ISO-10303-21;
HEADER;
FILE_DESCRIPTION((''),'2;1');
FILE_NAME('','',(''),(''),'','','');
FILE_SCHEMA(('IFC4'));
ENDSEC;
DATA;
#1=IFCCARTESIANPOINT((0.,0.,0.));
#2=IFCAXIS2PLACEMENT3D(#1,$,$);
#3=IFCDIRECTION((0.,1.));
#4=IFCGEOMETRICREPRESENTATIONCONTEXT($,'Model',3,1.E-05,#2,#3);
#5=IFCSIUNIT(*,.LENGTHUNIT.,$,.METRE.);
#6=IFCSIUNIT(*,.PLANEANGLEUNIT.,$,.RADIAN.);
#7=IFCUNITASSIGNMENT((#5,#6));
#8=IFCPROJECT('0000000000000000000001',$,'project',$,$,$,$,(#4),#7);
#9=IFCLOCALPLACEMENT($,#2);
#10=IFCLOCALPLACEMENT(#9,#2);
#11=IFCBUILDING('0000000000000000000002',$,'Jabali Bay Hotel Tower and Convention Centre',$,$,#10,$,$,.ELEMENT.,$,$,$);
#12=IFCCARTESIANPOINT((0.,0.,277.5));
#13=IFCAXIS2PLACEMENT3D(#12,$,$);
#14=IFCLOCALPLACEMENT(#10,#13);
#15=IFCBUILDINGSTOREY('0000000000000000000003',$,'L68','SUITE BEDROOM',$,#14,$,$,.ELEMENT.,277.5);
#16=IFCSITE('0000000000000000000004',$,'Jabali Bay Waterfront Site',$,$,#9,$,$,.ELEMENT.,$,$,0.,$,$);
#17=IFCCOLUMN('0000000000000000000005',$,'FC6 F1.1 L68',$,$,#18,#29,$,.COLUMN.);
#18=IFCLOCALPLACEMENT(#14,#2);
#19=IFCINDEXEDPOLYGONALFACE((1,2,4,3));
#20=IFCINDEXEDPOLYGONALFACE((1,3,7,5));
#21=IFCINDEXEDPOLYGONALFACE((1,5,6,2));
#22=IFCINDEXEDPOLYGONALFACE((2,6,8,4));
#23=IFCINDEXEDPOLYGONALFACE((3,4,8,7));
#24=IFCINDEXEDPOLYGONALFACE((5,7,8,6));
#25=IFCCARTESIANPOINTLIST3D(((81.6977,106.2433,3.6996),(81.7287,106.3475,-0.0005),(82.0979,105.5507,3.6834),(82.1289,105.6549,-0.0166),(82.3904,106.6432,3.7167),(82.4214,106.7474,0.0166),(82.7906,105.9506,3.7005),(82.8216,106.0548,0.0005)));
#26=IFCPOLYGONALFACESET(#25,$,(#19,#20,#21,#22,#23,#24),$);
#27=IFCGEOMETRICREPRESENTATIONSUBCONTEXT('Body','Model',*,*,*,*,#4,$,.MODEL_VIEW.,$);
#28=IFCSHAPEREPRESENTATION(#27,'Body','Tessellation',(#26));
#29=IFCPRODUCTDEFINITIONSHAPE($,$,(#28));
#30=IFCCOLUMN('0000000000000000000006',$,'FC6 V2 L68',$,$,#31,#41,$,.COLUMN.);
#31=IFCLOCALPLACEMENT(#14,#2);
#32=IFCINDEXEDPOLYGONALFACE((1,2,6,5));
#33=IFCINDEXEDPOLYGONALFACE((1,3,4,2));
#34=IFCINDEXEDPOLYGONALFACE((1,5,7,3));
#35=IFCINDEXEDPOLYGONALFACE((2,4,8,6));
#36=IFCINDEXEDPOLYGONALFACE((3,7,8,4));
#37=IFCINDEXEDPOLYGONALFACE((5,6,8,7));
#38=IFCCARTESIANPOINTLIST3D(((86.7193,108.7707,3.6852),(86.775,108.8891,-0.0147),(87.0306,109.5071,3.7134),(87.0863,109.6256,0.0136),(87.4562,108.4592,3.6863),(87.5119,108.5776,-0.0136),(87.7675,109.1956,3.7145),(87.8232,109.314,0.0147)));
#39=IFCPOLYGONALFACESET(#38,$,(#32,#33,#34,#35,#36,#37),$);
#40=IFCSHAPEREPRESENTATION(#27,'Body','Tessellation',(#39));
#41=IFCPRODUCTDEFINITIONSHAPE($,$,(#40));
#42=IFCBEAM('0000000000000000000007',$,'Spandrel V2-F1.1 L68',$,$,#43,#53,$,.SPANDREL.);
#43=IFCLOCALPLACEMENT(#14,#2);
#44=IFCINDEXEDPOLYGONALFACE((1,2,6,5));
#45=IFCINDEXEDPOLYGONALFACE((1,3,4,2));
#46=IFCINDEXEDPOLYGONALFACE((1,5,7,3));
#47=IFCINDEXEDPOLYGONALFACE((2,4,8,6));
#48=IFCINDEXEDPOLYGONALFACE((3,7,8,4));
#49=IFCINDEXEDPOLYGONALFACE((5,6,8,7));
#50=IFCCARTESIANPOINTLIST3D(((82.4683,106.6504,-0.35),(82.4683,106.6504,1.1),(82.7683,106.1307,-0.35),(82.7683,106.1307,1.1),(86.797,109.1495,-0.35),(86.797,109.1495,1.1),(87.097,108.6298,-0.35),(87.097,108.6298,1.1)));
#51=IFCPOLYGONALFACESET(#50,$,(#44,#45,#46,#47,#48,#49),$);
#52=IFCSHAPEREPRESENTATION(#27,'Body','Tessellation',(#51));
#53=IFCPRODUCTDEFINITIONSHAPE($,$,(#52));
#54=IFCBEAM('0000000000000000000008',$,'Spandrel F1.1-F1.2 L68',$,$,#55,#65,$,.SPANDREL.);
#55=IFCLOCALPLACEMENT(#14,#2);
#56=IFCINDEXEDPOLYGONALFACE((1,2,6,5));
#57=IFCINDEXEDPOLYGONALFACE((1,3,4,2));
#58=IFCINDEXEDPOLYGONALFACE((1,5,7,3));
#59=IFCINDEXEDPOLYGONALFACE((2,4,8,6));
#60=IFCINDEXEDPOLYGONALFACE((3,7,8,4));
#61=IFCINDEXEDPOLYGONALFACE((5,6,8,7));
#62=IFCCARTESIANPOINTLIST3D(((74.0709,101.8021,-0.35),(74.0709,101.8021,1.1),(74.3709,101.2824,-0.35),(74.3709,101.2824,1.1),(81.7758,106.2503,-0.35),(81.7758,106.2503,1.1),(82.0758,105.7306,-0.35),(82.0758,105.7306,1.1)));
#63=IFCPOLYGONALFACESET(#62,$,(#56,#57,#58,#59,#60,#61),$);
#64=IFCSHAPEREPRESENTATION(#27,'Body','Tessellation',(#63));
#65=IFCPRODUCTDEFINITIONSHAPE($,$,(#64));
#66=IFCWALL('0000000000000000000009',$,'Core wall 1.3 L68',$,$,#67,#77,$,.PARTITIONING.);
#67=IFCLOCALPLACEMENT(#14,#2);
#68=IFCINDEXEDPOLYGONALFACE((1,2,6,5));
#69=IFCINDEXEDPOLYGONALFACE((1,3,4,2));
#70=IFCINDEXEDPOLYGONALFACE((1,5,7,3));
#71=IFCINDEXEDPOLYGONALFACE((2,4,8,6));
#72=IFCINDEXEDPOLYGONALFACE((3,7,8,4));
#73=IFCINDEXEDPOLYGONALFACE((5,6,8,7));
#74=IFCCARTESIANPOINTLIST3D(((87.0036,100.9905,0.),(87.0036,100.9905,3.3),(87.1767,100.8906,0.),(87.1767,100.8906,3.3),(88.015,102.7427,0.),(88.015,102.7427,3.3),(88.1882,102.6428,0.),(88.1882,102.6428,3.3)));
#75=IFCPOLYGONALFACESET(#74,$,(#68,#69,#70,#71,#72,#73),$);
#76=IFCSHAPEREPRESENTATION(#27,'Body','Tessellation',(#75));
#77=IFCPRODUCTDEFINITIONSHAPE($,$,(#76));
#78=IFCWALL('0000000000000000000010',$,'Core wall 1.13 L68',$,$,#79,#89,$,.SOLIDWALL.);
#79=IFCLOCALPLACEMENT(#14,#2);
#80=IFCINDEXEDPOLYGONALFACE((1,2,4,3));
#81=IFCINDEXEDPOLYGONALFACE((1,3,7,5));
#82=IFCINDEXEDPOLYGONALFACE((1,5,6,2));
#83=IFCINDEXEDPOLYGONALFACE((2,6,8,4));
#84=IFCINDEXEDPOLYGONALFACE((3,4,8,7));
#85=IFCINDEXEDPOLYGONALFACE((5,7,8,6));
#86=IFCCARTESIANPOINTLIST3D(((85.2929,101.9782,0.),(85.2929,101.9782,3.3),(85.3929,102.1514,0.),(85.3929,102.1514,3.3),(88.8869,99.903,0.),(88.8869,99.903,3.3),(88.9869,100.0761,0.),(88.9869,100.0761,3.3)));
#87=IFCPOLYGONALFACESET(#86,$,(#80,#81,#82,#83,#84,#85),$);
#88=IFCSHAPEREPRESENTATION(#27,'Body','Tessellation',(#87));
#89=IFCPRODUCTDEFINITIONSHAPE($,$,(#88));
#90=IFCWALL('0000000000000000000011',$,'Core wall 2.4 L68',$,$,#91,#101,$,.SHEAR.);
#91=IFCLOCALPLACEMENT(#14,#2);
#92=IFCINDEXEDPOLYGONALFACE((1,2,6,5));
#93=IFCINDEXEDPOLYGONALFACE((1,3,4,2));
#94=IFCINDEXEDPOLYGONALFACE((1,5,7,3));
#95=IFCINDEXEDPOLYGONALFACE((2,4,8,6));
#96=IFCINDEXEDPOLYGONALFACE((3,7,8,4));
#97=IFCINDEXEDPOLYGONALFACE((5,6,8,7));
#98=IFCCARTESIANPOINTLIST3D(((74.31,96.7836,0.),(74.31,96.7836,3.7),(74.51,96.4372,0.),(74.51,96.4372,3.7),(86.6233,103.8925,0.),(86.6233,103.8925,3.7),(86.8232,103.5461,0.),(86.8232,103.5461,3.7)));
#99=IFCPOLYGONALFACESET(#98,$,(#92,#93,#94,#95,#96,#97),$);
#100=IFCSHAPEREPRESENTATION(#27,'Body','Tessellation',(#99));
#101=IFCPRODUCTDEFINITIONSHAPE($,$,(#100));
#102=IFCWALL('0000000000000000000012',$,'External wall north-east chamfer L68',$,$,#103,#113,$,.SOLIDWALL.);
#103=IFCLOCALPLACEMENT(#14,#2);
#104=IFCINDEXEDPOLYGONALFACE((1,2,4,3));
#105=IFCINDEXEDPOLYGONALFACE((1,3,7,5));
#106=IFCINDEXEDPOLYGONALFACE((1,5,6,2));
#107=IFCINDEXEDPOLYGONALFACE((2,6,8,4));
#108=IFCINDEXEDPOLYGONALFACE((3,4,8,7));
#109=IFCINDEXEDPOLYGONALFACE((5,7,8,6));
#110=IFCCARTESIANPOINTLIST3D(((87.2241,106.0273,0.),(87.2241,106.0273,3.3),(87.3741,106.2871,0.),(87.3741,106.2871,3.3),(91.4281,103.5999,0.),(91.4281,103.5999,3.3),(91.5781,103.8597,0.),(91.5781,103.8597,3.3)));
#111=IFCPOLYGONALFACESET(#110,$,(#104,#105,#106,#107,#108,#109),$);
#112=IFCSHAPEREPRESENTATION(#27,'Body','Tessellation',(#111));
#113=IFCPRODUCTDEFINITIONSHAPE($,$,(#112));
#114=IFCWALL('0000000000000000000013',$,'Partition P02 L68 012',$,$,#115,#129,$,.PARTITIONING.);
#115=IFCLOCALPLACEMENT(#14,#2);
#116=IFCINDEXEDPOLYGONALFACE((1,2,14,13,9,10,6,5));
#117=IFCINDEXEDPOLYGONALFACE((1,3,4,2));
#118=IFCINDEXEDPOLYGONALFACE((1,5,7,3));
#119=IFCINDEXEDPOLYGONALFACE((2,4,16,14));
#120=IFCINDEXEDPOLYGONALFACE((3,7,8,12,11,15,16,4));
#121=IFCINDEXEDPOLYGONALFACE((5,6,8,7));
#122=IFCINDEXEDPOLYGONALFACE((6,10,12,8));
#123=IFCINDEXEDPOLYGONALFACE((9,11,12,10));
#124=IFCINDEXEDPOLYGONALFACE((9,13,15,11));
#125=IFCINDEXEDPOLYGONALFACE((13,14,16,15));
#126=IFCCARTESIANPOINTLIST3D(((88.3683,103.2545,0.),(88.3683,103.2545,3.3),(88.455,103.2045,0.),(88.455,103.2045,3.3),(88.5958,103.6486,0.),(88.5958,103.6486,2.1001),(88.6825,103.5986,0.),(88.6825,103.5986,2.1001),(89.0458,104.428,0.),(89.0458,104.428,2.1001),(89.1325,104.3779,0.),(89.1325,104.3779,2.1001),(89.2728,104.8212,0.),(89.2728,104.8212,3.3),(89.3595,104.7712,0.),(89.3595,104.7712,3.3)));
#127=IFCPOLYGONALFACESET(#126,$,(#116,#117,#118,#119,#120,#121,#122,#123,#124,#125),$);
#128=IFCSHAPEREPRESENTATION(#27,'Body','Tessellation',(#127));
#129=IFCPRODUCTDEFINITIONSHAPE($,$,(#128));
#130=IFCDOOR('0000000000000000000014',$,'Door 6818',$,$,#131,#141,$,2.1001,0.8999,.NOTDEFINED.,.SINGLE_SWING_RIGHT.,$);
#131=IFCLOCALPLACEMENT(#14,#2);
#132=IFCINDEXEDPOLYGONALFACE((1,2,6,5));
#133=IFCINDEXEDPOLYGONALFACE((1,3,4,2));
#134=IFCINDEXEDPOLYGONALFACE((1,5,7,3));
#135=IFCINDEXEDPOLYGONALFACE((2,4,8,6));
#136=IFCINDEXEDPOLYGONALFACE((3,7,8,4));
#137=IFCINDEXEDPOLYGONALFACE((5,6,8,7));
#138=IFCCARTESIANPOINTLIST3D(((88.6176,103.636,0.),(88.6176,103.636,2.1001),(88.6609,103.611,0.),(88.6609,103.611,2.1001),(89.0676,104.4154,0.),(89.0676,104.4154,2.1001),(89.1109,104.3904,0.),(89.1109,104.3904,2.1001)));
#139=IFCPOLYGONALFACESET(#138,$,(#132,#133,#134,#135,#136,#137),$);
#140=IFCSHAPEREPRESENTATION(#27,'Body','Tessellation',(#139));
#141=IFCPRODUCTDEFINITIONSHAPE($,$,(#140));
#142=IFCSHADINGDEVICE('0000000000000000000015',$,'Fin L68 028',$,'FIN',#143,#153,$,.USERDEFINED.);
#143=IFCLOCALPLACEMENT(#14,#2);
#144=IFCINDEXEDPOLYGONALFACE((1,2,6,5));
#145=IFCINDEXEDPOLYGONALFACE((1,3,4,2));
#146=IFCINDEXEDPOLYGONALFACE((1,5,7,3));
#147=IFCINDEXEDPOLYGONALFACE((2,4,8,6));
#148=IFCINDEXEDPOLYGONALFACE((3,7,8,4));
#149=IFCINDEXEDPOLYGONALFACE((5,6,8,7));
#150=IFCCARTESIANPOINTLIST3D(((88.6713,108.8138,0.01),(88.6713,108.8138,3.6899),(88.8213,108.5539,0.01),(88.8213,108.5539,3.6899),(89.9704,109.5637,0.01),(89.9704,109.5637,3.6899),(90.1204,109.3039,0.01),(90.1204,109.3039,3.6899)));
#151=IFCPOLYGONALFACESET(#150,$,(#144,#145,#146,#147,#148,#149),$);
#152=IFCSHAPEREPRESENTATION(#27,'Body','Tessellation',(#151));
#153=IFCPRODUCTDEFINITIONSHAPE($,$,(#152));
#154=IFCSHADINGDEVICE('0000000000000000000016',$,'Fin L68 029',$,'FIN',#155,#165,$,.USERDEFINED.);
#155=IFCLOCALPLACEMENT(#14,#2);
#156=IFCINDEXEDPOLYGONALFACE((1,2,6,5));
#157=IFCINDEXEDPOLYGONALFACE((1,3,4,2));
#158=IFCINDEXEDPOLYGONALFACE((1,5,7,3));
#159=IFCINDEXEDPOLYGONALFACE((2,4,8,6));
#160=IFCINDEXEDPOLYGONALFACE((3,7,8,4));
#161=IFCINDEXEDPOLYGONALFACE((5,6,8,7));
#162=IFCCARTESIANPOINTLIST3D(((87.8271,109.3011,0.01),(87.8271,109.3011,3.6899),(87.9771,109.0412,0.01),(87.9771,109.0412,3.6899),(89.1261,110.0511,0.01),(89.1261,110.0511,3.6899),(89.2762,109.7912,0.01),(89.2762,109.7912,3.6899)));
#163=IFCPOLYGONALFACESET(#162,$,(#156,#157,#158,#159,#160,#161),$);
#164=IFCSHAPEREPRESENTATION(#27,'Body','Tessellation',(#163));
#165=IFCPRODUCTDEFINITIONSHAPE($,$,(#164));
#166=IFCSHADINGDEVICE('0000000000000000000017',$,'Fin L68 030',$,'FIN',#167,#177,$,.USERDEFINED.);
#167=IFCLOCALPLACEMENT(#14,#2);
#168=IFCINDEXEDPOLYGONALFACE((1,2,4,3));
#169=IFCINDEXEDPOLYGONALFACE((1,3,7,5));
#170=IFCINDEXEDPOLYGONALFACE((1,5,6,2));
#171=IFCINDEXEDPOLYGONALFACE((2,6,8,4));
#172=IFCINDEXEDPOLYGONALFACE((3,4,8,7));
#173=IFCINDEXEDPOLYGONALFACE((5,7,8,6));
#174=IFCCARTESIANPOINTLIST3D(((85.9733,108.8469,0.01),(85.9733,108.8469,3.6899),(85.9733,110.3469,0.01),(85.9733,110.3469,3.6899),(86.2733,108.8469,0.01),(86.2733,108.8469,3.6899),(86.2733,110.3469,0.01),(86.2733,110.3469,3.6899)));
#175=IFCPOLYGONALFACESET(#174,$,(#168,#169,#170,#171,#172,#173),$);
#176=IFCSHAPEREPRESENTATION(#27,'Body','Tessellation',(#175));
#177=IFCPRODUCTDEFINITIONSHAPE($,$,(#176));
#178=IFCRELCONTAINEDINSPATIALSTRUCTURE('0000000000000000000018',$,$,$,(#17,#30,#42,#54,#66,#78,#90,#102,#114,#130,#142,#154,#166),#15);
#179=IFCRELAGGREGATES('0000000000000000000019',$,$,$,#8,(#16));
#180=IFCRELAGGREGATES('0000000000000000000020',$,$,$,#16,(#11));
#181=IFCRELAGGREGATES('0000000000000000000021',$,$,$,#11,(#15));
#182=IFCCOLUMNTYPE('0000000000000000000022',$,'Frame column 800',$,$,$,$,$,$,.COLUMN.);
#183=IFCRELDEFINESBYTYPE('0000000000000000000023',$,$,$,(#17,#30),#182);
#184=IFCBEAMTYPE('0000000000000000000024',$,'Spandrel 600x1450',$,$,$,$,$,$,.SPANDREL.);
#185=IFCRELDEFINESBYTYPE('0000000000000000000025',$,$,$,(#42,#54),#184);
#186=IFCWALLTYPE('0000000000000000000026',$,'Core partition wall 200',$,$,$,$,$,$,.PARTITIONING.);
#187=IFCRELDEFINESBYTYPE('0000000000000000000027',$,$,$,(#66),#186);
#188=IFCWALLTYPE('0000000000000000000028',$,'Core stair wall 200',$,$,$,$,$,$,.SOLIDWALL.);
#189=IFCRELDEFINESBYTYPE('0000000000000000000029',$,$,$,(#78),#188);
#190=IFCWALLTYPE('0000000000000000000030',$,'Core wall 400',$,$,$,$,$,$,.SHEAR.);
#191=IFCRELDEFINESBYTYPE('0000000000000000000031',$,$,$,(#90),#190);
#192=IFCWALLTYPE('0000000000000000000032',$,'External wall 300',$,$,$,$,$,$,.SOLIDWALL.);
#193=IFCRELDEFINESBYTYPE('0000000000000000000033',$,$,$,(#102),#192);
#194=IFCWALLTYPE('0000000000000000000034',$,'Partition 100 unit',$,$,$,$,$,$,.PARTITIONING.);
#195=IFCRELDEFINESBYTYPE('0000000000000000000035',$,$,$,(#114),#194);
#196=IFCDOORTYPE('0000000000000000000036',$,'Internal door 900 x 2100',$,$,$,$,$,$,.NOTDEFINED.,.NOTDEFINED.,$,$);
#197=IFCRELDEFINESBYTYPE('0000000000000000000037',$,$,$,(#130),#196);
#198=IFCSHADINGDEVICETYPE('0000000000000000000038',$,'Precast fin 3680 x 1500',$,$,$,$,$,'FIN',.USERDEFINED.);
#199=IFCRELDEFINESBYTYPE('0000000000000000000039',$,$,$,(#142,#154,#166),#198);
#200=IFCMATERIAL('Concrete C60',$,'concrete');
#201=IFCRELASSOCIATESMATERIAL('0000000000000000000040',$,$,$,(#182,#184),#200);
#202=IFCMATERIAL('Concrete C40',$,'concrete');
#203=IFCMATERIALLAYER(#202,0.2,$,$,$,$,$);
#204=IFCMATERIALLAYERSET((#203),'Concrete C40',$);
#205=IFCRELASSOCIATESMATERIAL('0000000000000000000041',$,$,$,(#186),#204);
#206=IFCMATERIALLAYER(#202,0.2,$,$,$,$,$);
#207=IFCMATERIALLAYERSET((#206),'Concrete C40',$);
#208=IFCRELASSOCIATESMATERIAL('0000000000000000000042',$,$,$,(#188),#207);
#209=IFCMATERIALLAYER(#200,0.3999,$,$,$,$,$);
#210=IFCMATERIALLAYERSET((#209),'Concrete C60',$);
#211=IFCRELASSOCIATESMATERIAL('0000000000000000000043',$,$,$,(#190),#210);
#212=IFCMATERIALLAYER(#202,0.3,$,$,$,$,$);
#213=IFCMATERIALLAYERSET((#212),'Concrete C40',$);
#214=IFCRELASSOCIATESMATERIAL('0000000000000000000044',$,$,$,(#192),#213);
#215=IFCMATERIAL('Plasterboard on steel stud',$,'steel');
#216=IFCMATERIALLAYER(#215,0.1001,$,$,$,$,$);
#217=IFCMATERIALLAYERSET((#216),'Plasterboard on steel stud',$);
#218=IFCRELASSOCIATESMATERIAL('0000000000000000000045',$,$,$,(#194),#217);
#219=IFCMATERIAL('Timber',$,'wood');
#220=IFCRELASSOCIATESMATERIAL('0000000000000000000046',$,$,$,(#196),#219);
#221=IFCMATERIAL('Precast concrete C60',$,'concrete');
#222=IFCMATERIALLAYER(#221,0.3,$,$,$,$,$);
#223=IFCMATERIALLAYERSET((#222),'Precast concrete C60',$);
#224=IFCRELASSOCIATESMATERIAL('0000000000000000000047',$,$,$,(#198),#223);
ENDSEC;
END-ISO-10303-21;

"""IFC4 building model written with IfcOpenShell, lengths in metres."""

from ifc_helpers import new_model, si_unit, direction, frame, frame_2d, origin, origin_2d, place, context, subcontext, project, spatial, rectangle, extrude, material, layer, layer_set, material_profile, profile_set, type_object, element, fill, save


model = new_model("IFC4")

# Units and contexts
model_context = context("Model", 3, precision=1e-05, world=origin(), true_north=direction((0.0, 1.0)))
body_context = subcontext(model_context, "Body", "Model", "MODEL_VIEW")
ifc_project = project(units=[si_unit("LENGTHUNIT", "METRE"), si_unit("PLANEANGLEUNIT", "RADIAN")], contexts=[model_context])

# Site, building, storey
site_placement = place(None, origin())
site = spatial("IfcSite", under=ifc_project, at=site_placement, Name="Jabali Bay Waterfront Site", CompositionType="ELEMENT", RefElevation=0.0)
building_placement = place(site_placement, origin())
building = spatial("IfcBuilding", under=site, at=building_placement, Name="Jabali Bay Hotel Tower and Convention Centre", CompositionType="ELEMENT")
storey_placement = place(building_placement, frame((0.0, 0.0, 277.5)))
storey = spatial("IfcBuildingStorey", under=building, at=storey_placement, Name="L68", Description="SUITE BEDROOM", CompositionType="ELEMENT", Elevation=277.5)

# Columns
ifc_material_1 = material(Name="Concrete C60", Category="concrete")
ifc_material_profile_1 = material_profile(ifc_material_1, rectangle(XDim=0.8, YDim=0.8, at=origin_2d()), Name="Frame column 800")
ifc_profile_set_1 = profile_set([ifc_material_profile_1], Name="Concrete C60")
column_type = type_object("IfcColumnType", Name="Frame column 800", PredefinedType="COLUMN", material=ifc_profile_set_1)
column_1_placement = place(storey_placement, frame((82.2751, 106.2012, 0.0), z_axis=(-0.008376, -0.028163, 0.999568), x_axis=(0.865849, 0.49985, 0.021339)))
element("IfcColumn", 1, at=column_1_placement, inside=storey, type_object=column_type, Name="FC6 F1.1 L68", PredefinedType="COLUMN", context=body_context, shape_type="SweptSolid", body=[
    extrude(rectangle(XDim=0.8, YDim=0.8, at=origin_2d()), origin(), (0.0, 0.0, 1.0), 3.7017),
])
column_2_placement = place(storey_placement, frame((87.2991, 109.1016, 0.0), z_axis=(-0.015035, -0.031983, 0.999375), x_axis=(0.921079, -0.389374, 0.001396)))
element("IfcColumn", 2, at=column_2_placement, inside=storey, type_object=column_type, Name="FC6 V2 L68", PredefinedType="COLUMN", context=body_context, shape_type="SweptSolid", body=[
    extrude(rectangle(XDim=0.8, YDim=0.8, at=origin_2d()), origin(), (0.0, 0.0, 1.0), 3.7021),
])

# Beams
ifc_material_profile_2 = material_profile(ifc_material_1, rectangle(XDim=0.6001, YDim=1.45, at=origin_2d()), Name="Spandrel 600x1450")
ifc_profile_set_2 = profile_set([ifc_material_profile_2], Name="Concrete C60")
beam_type = type_object("IfcBeamType", Name="Spandrel 600x1450", PredefinedType="SPANDREL", material=ifc_profile_set_2)
beam_1_placement = place(storey_placement, frame((86.947, 108.8896, 0.375), z_axis=(-0.866034, -0.499985, 0.0), x_axis=(0.499985, -0.866034, 0.0)))
element("IfcBeam", 3, at=beam_1_placement, inside=storey, type_object=beam_type, Name="Spandrel V2-F1.1 L68", PredefinedType="SPANDREL", context=body_context, shape_type="SweptSolid", body=[
    extrude(rectangle(XDim=0.6001, YDim=1.45, at=origin_2d()), origin(), (0.0, 0.0, 1.0), 4.9983),
])
beam_2_placement = place(storey_placement, frame((81.9258, 105.9905, 0.375), z_axis=(-0.866032, -0.499988, 0.0), x_axis=(0.499988, -0.866032, 0.0)))
element("IfcBeam", 4, at=beam_2_placement, inside=storey, type_object=beam_type, Name="Spandrel F1.1-F1.2 L68", PredefinedType="SPANDREL", context=body_context, shape_type="SweptSolid", body=[
    extrude(rectangle(XDim=0.6001, YDim=1.45, at=origin_2d()), origin(), (0.0, 0.0, 1.0), 8.8967),
])

# Walls
ifc_material_2 = material(Name="Concrete C40", Category="concrete")
ifc_layer_1 = layer(ifc_material_2, 0.2)
ifc_layer_set_1 = layer_set([ifc_layer_1], Name="Concrete C40")
wall_type_1 = type_object("IfcWallType", Name="Core partition wall 200", PredefinedType="PARTITIONING", material=ifc_layer_set_1)
wall_1_placement = place(storey_placement, frame((87.0901, 100.9404, 0.0), z_axis=(0.0, 0.0, 1.0), x_axis=(0.499942, 0.866059, 0.0)))
element("IfcWall", 5, at=wall_1_placement, inside=storey, type_object=wall_type_1, Name="Core wall 1.3 L68", PredefinedType="PARTITIONING", context=body_context, shape_type="SweptSolid", body=[
    extrude(rectangle(XDim=2.0232, YDim=0.2, at=frame_2d((1.0117, 0.0))), origin(), (0.0, 0.0, 1.0), 3.3),
])
ifc_layer_2 = layer(ifc_material_2, 0.2)
ifc_layer_set_2 = layer_set([ifc_layer_2], Name="Concrete C40")
wall_type_2 = type_object("IfcWallType", Name="Core stair wall 200", PredefinedType="SOLIDWALL", material=ifc_layer_set_2)
wall_2_placement = place(storey_placement, frame((88.937, 99.9895, 0.0), z_axis=(0.0, 0.0, 1.0), x_axis=(-0.866004, 0.500036, 0.0)))
element("IfcWall", 6, at=wall_2_placement, inside=storey, type_object=wall_type_2, Name="Core wall 1.13 L68", PredefinedType="SOLIDWALL", context=body_context, shape_type="SweptSolid", body=[
    extrude(rectangle(XDim=4.1501, YDim=0.2, at=frame_2d((2.0752, 0.0))), origin(), (0.0, 0.0, 1.0), 3.3),
])
ifc_layer_3 = layer(ifc_material_1, 0.3999)
ifc_layer_set_3 = layer_set([ifc_layer_3], Name="Concrete C60")
wall_type_3 = type_object("IfcWallType", Name="Core wall 400", PredefinedType="SHEAR", material=ifc_layer_set_3)
wall_3_placement = place(storey_placement, frame((86.7231, 103.7192, 0.0), z_axis=(0.0, 0.0, 1.0), x_axis=(-0.86603, -0.499991, 0.0)))
element("IfcWall", 7, at=wall_3_placement, inside=storey, type_object=wall_type_3, Name="Core wall 2.4 L68", PredefinedType="SHEAR", context=body_context, shape_type="SweptSolid", body=[
    extrude(rectangle(XDim=14.218, YDim=0.3999, at=frame_2d((7.1089, 0.0))), origin(), (0.0, 0.0, 1.0), 3.7),
])
ifc_layer_4 = layer(ifc_material_2, 0.3)
ifc_layer_set_4 = layer_set([ifc_layer_4], Name="Concrete C40")
wall_type_4 = type_object("IfcWallType", Name="External wall 300", PredefinedType="SOLIDWALL", material=ifc_layer_set_4)
wall_4_placement = place(storey_placement, frame((87.2991, 106.1572, 0.0), z_axis=(0.0, 0.0, 1.0), x_axis=(0.866003, -0.500039, 0.0)))
element("IfcWall", 8, at=wall_4_placement, inside=storey, type_object=wall_type_4, Name="External wall north-east chamfer L68", PredefinedType="SOLIDWALL", context=body_context, shape_type="SweptSolid", body=[
    extrude(rectangle(XDim=4.8545, YDim=0.3, at=frame_2d((2.4272, 0.0))), origin(), (0.0, 0.0, 1.0), 3.3),
])

# Wall, opening, door
ifc_material_3 = material(Name="Plasterboard on steel stud", Category="steel")
ifc_layer_5 = layer(ifc_material_3, 0.1001)
ifc_layer_set_5 = layer_set([ifc_layer_5], Name="Plasterboard on steel stud")
wall_type_5 = type_object("IfcWallType", Name="Partition 100 unit", PredefinedType="PARTITIONING", material=ifc_layer_set_5)
wall_5_placement = place(storey_placement, frame((88.4116, 103.2295, 0.0), z_axis=(0.0, 0.0, 1.0), x_axis=(0.500015, 0.866017, 0.0)))
wall_5 = element("IfcWall", 9, at=wall_5_placement, inside=storey, type_object=wall_type_5, Name="Partition P02 L68 012", PredefinedType="PARTITIONING", context=body_context, shape_type="SweptSolid", body=[
    extrude(rectangle(XDim=1.8091, YDim=0.1001, at=frame_2d((0.9045, 0.0))), origin(), (0.0, 0.0, 1.0), 3.3),
])
opening_placement = place(wall_5_placement, frame((0.4551, 0.0, 0.0)))
opening = element("IfcOpeningElement", 10, at=opening_placement, cuts=wall_5, PredefinedType="OPENING", context=body_context, shape_type="SweptSolid", body=[
    extrude(rectangle(XDim=0.8999, YDim=2.1001, at=frame_2d((0.45, 1.05))), frame((0.0, 0.0605, 0.0), z_axis=(0.0, -1.0, 0.0), x_axis=(1.0, 0.0, 0.0)), (0.0, 0.0, 1.0), 0.1211),
])
ifc_material_4 = material(Name="Timber", Category="wood")
door_type = type_object("IfcDoorType", Name="Internal door 900 x 2100", OperationType="NOTDEFINED", PredefinedType="NOTDEFINED", material=ifc_material_4)
door_placement = place(opening_placement, origin())
door = element("IfcDoor", 11, at=door_placement, inside=storey, type_object=door_type, Name="Door 6818", OperationType="SINGLE_SWING_RIGHT", OverallHeight=2.1001, OverallWidth=0.8999, PredefinedType="NOTDEFINED", context=body_context, shape_type="SweptSolid", body=[
    extrude(rectangle(XDim=0.8999, YDim=2.1001, at=frame_2d((0.45, 1.05))), frame((0.0, 0.0249, 0.0), z_axis=(0.0, -1.0, 0.0), x_axis=(1.0, 0.0, 0.0)), (0.0, 0.0, 1.0), 0.05),
])
fill(opening, door)

# Shading devices
ifc_material_5 = material(Name="Precast concrete C60", Category="concrete")
ifc_layer_6 = layer(ifc_material_5, 0.3)
ifc_layer_set_6 = layer_set([ifc_layer_6], Name="Precast concrete C60")
shading_device_type = type_object("IfcShadingDeviceType", Name="Precast fin 3680 x 1500", ElementType="FIN", PredefinedType="USERDEFINED", material=ifc_layer_set_6)
for number, where, z_axis, x_axis, name in (
    (12, (88.7463, 108.6838, 0.01), (0.0, 0.0, 1.0), (0.866031, 0.49999, 0.0), "Fin L68 028"),
    (13, (87.9021, 109.1711, 0.01), (0.0, 0.0, 1.0), (0.866031, 0.49999, 0.0), "Fin L68 029"),
    (14, (86.1233, 108.8469, 0.01), (0.0, 0.0, 1.0), (0.0, 1.0, 0.0), "Fin L68 030"),
):
    element("IfcShadingDevice", number, at=place(storey_placement, frame(where, z_axis=z_axis, x_axis=x_axis)), inside=storey, type_object=shading_device_type, Name=name, ObjectType="FIN", PredefinedType="USERDEFINED", context=body_context, shape_type="SweptSolid", body=[
        extrude(rectangle(XDim=1.5, YDim=0.3, at=frame_2d((0.75, 0.0))), origin(), (0.0, 0.0, 1.0), 3.6799),
    ])

save(model, "model.ifc")
